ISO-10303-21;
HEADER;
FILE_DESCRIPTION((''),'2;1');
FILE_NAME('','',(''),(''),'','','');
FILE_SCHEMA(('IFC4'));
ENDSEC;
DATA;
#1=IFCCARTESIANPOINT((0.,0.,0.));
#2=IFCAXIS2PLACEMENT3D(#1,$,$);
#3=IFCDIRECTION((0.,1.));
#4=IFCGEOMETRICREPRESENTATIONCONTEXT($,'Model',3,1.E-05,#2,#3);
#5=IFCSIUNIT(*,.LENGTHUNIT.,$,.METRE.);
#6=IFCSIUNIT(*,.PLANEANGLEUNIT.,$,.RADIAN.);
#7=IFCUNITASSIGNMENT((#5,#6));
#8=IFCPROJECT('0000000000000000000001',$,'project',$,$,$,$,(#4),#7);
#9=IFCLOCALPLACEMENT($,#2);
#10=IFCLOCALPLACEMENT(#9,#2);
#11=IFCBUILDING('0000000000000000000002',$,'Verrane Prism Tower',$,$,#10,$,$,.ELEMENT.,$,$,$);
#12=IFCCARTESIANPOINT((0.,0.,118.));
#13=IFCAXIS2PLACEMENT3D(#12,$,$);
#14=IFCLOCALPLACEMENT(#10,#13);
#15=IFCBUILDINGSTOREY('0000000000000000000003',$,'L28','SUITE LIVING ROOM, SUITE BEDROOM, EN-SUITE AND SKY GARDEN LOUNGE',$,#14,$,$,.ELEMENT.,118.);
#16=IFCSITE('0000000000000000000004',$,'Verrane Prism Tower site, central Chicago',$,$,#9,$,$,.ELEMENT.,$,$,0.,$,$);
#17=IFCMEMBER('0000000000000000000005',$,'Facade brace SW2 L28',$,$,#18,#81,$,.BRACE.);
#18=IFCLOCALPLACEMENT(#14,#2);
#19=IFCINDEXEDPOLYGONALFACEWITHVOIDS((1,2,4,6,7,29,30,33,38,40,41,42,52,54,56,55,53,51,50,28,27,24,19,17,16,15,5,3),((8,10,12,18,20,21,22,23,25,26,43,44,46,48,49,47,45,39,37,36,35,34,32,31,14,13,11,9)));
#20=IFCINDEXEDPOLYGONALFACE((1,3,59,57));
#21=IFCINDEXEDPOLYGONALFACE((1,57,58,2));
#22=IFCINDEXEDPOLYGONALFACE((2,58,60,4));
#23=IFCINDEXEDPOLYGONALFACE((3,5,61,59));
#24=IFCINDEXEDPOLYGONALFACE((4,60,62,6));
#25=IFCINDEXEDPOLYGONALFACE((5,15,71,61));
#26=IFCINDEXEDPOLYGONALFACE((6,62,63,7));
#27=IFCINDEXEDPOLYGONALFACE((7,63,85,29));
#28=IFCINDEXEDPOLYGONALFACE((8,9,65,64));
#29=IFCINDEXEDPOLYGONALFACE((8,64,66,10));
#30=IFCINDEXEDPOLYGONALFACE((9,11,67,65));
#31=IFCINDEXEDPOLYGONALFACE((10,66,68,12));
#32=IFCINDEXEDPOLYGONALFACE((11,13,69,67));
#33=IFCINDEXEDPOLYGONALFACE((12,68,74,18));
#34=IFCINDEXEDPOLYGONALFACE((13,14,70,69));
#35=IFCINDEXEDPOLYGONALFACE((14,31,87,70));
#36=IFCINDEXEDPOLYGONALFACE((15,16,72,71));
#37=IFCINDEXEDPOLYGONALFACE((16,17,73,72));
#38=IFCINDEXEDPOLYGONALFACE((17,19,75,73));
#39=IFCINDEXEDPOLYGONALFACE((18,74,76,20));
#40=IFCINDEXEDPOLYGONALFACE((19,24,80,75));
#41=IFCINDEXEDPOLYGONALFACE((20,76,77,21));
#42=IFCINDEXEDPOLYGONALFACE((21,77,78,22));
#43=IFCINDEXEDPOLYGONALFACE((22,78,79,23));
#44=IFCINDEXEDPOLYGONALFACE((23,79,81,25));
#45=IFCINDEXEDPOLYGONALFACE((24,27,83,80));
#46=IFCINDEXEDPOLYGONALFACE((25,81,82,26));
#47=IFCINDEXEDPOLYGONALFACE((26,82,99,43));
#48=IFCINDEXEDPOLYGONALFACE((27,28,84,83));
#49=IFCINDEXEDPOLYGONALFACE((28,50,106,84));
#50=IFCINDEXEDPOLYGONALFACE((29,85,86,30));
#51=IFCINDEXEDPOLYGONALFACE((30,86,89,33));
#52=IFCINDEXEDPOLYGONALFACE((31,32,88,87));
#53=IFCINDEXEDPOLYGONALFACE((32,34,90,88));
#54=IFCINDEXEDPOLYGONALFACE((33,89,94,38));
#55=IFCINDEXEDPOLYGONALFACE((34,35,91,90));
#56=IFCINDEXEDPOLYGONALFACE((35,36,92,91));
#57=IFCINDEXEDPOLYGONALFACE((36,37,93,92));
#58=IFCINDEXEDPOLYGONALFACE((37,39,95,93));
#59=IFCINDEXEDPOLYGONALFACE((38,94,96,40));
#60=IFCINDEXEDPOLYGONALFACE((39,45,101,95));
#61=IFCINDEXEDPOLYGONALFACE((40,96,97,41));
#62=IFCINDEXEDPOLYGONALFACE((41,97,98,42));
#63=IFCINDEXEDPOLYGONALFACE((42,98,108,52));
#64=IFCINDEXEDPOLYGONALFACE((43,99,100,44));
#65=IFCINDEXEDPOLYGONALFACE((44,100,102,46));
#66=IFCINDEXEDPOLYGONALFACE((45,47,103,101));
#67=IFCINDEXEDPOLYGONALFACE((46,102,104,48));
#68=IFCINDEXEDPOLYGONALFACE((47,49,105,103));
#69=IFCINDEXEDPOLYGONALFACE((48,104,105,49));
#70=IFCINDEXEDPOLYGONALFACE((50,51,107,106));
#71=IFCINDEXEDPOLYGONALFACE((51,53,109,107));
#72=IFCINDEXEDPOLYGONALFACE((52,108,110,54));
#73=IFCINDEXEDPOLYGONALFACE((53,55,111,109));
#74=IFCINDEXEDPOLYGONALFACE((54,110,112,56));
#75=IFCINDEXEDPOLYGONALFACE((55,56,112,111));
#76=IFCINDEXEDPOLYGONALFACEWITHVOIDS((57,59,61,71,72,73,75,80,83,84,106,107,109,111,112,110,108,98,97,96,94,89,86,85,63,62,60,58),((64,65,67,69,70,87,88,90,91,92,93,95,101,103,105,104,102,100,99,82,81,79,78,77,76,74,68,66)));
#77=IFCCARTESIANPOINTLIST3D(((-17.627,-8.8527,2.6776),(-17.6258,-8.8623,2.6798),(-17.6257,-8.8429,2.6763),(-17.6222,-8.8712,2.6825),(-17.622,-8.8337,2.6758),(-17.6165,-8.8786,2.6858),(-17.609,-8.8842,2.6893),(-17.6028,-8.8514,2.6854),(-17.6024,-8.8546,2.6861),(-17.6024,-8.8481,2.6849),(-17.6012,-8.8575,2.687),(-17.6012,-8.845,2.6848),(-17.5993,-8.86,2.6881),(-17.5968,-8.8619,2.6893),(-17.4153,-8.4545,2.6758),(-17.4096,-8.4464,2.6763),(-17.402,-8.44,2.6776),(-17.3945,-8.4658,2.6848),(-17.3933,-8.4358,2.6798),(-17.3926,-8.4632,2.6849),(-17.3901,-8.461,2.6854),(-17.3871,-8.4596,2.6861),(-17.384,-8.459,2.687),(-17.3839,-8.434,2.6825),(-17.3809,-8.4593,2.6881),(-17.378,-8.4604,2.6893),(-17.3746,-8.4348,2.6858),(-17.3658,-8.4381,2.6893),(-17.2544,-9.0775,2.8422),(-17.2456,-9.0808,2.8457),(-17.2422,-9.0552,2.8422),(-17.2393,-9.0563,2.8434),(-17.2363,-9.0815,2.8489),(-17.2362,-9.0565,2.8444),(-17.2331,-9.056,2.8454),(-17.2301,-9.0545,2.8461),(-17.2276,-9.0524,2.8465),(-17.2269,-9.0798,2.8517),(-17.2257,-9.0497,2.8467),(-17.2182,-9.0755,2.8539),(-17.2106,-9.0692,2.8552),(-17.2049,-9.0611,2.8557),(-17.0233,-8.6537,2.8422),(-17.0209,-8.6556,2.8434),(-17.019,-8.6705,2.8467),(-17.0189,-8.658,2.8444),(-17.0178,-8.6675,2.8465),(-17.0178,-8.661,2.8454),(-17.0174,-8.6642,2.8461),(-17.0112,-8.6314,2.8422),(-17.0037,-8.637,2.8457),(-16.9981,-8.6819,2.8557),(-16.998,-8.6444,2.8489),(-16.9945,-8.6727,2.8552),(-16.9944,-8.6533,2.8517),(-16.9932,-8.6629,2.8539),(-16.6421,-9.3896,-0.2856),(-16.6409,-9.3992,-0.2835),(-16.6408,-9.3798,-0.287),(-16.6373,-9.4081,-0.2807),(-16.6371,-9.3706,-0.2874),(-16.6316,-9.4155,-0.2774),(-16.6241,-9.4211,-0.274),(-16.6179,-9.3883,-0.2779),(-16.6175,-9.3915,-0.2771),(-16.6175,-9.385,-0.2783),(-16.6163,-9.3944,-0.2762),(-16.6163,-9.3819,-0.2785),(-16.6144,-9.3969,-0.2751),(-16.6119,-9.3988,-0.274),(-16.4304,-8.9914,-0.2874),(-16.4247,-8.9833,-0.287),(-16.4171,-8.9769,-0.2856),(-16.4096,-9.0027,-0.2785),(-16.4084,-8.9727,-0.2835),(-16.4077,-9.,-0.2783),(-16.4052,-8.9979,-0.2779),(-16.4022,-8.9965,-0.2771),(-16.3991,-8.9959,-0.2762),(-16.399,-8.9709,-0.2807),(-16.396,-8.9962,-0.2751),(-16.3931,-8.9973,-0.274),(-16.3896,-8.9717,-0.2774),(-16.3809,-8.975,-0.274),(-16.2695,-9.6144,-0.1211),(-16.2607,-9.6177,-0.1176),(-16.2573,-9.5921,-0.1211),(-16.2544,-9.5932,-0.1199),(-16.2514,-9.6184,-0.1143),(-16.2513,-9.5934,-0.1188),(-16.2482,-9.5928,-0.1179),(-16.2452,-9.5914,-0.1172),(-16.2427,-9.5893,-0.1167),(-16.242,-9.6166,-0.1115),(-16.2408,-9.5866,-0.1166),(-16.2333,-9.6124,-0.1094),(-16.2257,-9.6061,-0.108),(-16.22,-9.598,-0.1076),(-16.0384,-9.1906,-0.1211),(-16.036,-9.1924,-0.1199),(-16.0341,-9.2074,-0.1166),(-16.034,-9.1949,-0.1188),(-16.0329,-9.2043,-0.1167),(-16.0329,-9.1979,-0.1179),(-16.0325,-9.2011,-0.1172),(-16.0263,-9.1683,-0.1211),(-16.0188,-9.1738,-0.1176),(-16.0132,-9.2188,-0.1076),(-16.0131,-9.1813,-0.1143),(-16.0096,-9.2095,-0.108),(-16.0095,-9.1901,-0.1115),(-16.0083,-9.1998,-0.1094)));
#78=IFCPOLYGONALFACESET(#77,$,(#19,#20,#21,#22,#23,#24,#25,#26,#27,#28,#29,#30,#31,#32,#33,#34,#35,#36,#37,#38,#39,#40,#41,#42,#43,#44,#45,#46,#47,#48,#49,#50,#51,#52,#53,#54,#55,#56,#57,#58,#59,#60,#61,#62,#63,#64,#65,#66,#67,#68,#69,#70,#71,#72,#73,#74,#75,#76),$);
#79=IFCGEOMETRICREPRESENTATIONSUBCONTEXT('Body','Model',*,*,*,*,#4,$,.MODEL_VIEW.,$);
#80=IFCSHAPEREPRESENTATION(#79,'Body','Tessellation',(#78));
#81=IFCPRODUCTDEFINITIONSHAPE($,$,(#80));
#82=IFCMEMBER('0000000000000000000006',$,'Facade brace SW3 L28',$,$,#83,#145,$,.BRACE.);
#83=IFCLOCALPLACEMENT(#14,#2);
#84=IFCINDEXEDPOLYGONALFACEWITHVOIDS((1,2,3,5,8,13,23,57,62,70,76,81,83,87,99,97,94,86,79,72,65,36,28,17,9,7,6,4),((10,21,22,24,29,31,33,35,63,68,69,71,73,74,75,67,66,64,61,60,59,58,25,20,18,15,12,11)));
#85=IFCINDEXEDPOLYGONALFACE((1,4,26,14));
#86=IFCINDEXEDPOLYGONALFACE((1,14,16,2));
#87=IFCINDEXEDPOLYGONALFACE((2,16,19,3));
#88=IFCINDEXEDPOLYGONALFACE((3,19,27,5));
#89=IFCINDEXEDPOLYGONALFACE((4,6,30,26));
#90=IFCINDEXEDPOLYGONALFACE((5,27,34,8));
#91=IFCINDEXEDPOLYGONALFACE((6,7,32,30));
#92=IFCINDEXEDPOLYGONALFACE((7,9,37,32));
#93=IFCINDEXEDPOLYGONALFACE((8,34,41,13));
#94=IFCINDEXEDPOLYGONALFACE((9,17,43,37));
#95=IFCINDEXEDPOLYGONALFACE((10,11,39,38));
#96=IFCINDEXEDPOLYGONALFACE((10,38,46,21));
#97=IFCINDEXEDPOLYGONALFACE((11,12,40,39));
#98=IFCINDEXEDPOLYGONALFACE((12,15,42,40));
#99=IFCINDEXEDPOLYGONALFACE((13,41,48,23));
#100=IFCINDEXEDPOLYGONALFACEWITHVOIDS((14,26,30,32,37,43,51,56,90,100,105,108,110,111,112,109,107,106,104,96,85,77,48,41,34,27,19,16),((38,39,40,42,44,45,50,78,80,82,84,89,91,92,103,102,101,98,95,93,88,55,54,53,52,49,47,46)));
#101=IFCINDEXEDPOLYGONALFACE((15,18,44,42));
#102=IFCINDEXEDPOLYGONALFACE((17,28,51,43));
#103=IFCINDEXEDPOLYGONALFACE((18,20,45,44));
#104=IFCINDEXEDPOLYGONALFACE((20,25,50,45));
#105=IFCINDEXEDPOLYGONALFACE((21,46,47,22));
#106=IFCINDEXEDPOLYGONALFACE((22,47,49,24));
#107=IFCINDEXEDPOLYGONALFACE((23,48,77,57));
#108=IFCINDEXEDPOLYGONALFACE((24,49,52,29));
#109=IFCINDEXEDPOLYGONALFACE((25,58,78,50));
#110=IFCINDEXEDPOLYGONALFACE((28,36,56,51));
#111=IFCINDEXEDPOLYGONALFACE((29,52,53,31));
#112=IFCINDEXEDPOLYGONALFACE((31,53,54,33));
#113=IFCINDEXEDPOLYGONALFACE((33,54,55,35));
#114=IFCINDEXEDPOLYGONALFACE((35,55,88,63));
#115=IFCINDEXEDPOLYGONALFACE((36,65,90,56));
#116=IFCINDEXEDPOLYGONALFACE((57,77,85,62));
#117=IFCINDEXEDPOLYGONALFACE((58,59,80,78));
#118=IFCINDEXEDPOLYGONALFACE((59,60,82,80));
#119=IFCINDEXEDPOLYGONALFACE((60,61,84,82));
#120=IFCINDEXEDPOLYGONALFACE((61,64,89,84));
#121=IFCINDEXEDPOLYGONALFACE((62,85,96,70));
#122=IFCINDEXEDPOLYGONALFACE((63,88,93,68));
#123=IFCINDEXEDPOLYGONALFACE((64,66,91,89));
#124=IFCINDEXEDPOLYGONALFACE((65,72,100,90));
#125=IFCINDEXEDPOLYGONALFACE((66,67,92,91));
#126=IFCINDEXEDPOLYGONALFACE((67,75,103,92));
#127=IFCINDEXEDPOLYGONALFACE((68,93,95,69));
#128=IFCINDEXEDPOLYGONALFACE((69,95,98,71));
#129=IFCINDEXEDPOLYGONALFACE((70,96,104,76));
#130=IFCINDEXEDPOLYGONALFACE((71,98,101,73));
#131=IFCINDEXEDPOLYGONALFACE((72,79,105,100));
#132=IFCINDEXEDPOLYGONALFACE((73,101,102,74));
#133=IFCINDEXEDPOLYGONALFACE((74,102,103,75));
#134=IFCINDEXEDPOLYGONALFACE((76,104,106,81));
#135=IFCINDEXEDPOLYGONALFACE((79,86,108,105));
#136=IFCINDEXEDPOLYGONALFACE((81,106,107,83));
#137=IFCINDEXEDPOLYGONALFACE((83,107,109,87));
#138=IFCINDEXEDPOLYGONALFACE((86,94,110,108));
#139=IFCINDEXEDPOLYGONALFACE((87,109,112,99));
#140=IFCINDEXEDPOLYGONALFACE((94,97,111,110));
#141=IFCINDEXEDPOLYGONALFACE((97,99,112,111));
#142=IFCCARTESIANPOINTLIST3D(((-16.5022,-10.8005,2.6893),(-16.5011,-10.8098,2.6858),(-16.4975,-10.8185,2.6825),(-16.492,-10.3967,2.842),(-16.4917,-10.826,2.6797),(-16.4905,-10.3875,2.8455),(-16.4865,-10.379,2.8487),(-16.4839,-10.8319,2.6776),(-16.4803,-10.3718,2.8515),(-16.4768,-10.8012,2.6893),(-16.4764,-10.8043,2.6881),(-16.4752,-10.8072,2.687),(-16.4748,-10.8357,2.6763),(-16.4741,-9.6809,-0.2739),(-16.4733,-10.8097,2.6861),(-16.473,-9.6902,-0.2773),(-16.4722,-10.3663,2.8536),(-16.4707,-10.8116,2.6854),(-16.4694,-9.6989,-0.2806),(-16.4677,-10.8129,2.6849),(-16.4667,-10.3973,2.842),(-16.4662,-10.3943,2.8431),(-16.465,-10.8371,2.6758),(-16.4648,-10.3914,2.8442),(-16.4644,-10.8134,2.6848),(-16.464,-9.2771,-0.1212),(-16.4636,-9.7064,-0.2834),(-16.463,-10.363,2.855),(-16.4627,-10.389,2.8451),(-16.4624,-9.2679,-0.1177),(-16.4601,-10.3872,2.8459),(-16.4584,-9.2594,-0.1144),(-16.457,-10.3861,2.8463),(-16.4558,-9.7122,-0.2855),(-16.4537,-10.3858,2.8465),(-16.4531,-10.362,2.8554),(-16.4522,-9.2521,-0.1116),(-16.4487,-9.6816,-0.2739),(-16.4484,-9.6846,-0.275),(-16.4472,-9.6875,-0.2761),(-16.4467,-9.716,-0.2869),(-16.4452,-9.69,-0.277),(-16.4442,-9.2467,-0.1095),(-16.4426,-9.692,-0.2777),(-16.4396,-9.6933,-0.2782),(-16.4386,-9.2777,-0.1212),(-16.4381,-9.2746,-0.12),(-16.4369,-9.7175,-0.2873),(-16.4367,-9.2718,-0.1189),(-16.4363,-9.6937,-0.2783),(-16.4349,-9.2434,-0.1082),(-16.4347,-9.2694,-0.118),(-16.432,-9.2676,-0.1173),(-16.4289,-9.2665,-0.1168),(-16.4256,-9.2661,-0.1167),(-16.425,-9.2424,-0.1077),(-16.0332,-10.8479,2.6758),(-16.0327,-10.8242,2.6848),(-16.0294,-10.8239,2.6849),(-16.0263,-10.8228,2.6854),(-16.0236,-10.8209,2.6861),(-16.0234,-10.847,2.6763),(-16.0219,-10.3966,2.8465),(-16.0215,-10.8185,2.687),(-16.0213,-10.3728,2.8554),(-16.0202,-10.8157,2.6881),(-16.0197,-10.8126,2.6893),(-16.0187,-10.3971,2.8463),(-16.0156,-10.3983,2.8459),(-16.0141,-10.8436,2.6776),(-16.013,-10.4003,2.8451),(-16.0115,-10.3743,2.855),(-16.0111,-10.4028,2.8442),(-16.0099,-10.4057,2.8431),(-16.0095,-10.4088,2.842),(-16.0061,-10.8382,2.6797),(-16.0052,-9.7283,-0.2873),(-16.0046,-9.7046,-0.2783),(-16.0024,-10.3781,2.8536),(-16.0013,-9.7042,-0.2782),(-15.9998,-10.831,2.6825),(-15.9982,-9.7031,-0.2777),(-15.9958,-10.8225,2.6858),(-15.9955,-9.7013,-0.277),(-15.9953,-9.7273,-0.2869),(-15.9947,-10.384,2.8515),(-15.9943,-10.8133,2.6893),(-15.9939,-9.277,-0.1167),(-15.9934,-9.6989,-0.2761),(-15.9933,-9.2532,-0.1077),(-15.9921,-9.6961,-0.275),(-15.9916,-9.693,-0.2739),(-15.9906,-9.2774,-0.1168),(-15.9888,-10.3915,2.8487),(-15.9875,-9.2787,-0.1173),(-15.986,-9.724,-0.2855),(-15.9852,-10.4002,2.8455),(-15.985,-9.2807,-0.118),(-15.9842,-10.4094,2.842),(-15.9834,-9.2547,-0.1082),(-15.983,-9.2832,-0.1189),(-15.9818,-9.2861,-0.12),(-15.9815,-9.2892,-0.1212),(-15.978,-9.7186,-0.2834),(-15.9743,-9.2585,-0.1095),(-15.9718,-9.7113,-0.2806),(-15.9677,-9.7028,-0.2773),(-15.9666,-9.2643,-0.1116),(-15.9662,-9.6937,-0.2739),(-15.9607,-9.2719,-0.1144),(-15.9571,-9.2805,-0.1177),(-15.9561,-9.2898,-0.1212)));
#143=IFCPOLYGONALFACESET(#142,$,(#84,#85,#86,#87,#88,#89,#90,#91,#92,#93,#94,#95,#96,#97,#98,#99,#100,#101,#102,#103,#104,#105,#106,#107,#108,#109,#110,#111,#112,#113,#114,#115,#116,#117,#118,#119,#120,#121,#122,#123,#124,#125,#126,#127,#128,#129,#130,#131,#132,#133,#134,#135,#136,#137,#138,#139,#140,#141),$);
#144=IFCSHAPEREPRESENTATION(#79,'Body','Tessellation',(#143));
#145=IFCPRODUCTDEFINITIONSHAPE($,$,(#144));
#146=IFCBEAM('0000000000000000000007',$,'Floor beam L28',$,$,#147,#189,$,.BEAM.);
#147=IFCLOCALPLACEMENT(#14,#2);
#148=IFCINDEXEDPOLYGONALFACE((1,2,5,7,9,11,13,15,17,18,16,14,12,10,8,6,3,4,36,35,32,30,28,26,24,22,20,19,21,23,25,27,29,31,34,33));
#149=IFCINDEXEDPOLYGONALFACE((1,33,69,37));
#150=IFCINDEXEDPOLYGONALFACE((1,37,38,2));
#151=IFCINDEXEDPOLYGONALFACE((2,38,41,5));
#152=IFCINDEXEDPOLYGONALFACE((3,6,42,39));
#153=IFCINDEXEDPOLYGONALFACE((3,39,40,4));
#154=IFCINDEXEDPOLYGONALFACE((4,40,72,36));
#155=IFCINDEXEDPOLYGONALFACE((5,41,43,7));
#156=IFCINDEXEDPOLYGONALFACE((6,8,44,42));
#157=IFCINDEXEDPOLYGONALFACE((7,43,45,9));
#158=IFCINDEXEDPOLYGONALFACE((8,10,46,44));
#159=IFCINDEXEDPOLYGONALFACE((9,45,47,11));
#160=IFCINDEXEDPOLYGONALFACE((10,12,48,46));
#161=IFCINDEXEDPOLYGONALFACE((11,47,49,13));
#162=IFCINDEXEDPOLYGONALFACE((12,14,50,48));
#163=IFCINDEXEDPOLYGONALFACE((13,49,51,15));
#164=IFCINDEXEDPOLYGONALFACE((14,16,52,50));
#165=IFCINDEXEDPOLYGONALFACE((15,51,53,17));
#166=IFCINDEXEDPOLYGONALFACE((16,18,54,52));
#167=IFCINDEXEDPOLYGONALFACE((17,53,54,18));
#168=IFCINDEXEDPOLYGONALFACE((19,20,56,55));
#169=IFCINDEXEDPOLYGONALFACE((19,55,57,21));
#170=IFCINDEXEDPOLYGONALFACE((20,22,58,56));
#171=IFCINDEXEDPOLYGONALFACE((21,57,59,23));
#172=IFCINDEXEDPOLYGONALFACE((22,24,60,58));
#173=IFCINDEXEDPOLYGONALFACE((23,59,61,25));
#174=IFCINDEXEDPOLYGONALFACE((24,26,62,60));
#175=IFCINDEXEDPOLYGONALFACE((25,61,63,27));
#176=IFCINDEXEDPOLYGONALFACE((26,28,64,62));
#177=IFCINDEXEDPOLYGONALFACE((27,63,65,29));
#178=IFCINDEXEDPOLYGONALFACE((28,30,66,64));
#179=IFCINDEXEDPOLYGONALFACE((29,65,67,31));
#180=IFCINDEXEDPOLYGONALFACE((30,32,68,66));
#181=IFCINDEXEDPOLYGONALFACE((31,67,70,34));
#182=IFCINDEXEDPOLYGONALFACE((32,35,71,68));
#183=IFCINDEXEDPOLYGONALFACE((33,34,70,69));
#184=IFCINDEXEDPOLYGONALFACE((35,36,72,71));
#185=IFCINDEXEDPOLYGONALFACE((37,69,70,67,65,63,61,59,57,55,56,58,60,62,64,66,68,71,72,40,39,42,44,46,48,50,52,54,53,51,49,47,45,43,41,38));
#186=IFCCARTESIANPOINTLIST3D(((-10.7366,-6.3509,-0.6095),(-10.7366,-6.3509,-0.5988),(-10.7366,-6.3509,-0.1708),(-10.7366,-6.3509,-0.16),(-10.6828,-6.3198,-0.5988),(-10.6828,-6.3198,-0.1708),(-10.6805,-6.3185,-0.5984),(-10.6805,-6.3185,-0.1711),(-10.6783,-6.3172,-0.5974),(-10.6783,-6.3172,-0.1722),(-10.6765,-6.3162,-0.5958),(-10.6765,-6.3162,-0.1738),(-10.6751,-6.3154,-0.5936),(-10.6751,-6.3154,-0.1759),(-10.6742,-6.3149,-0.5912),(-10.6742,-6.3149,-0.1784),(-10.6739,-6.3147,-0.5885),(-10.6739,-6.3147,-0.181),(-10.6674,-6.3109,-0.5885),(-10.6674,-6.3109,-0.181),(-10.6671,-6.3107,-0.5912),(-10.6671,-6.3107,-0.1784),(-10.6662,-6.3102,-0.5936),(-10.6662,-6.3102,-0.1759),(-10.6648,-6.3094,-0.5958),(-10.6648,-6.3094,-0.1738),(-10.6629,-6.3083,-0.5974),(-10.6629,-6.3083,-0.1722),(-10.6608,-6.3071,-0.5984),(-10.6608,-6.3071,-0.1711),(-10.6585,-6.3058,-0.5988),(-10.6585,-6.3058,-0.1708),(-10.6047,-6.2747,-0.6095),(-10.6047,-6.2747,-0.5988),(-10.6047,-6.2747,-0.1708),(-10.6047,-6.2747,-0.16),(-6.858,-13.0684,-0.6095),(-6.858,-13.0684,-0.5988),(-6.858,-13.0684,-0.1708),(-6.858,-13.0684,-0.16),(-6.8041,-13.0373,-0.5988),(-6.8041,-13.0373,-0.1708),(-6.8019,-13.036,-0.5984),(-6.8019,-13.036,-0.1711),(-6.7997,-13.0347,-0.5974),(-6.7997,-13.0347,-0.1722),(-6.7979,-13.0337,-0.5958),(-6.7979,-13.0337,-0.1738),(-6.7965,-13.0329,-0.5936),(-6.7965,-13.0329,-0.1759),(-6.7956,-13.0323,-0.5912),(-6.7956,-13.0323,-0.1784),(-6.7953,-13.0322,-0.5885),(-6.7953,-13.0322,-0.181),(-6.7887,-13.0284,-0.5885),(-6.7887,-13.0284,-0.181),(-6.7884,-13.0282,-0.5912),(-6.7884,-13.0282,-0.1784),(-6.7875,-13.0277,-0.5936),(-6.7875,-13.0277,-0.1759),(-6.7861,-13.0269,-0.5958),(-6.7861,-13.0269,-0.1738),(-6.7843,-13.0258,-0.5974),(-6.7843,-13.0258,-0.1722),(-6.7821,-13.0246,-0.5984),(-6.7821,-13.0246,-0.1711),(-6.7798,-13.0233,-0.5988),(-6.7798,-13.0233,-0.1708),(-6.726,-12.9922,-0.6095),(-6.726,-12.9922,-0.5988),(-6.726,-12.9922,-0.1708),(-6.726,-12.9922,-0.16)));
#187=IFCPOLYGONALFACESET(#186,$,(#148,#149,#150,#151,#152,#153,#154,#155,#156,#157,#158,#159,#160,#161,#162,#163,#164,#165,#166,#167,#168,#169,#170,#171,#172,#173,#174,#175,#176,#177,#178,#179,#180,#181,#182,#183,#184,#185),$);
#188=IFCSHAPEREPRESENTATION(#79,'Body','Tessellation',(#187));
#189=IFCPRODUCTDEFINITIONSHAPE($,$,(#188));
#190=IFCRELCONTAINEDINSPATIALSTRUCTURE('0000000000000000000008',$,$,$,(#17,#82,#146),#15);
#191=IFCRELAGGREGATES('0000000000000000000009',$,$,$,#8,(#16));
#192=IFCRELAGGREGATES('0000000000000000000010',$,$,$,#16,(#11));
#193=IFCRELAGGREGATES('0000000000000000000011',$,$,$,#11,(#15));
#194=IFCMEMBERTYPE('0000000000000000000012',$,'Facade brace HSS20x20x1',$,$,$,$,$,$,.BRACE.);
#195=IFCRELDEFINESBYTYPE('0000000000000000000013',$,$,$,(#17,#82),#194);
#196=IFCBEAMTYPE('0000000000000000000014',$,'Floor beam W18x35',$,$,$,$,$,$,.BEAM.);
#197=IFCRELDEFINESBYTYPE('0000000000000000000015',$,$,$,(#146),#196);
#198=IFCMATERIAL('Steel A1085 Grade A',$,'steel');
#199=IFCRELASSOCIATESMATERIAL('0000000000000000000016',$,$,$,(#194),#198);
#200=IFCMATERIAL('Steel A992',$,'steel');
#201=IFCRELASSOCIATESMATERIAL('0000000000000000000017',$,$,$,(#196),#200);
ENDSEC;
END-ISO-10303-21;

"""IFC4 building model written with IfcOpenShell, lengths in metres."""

from ifc_helpers import new_model, si_unit, direction, frame, origin, origin_2d, place, context, subcontext, project, spatial, hollow_rectangle, i_section, extrude, material, material_profile, profile_set, type_object, element, save


model = new_model("IFC4")

# Units and contexts
model_context = context("Model", 3, precision=1e-05, world=origin(), true_north=direction((0.0, 1.0)))
body_context = subcontext(model_context, "Body", "Model", "MODEL_VIEW")
ifc_project = project(units=[si_unit("LENGTHUNIT", "METRE"), si_unit("PLANEANGLEUNIT", "RADIAN")], contexts=[model_context])

# Site, building, storey
site_placement = place(None, origin())
site = spatial("IfcSite", under=ifc_project, at=site_placement, Name="Verrane Prism Tower site, central Chicago", CompositionType="ELEMENT", RefElevation=0.0)
building_placement = place(site_placement, origin())
building = spatial("IfcBuilding", under=site, at=building_placement, Name="Verrane Prism Tower", CompositionType="ELEMENT")
storey_placement = place(building_placement, frame((0.0, 0.0, 118.0)))
storey = spatial("IfcBuildingStorey", under=building, at=storey_placement, Name="L28", Description="SUITE LIVING ROOM, SUITE BEDROOM, EN-SUITE AND SKY GARDEN LOUNGE", CompositionType="ELEMENT", Elevation=118.0)

# Members
ifc_material_1 = material(Name="Steel A1085 Grade A", Category="steel")
ifc_material_profile_1 = material_profile(ifc_material_1, hollow_rectangle(XDim=0.5081, YDim=0.5081, WallThickness=0.0254, InnerFilletRadius=0.0127, OuterFilletRadius=0.0381, at=origin_2d()), Name="HSS20x20x1")
ifc_profile_set_1 = profile_set([ifc_material_profile_1], Name="Steel A1085 Grade A")
member_type_1 = type_object("IfcMemberType", Name="Facade brace HSS20x20x1", PredefinedType="BRACE", material=ifc_profile_set_1)
member_1_placement = place(storey_placement, frame((-16.3252, -9.2947, -0.1975), z_axis=(-0.310846, 0.169447, 0.935234), x_axis=(-0.478623, -0.87802, 0.0)))
element("IfcMember", 1, at=member_1_placement, inside=storey, type_object=member_type_1, Name="Facade brace SW2 L28", PredefinedType="BRACE", context=body_context, shape_type="SweptSolid", body=[
    extrude(hollow_rectangle(XDim=0.5081, YDim=0.5081, WallThickness=0.0254, InnerFilletRadius=0.0127, OuterFilletRadius=0.0381, at=origin_2d()), origin(), (0.0, 0.0, 1.0), 3.1685),
])
member_2_placement = place(storey_placement, frame((-16.2151, -9.4854, -0.1975), z_axis=(-0.008863, -0.353448, 0.935412), x_axis=(0.999686, -0.025068, 0.0)))
element("IfcMember", 2, at=member_2_placement, inside=storey, type_object=member_type_1, Name="Facade brace SW3 L28", PredefinedType="BRACE", context=body_context, shape_type="SweptSolid", body=[
    extrude(hollow_rectangle(XDim=0.5081, YDim=0.5081, WallThickness=0.0254, InnerFilletRadius=0.0127, OuterFilletRadius=0.0381, at=origin_2d()), origin(), (0.0, 0.0, 1.0), 3.1677),
])

# Beam
ifc_material_2 = material(Name="Steel A992", Category="steel")
ifc_material_profile_2 = material_profile(ifc_material_2, i_section(OverallWidth=0.1523, OverallDepth=0.4495, WebThickness=0.0076, FlangeThickness=0.0107, FilletRadius=0.0103, at=origin_2d()), Name="W18x35")
ifc_profile_set_2 = profile_set([ifc_material_profile_2], Name="Steel A992")
beam_type_1 = type_object("IfcBeamType", Name="Floor beam W18x35", PredefinedType="BEAM", material=ifc_profile_set_2)
for number, where, z_axis, x_axis, name in (
    (3, (-6.792, -13.0303, -0.3848), (-0.500028, 0.866009, 0.0), (-0.866009, -0.500028, 0.0), "Floor beam L28"),
):
    element("IfcBeam", number, at=place(storey_placement, frame(where, z_axis=z_axis, x_axis=x_axis)), inside=storey, type_object=beam_type_1, Name=name, PredefinedType="BEAM", context=body_context, shape_type="SweptSolid", body=[
        extrude(i_section(OverallWidth=0.1523, OverallDepth=0.4495, WebThickness=0.0076, FlangeThickness=0.0107, FilletRadius=0.0103, at=origin_2d()), origin(), (0.0, 0.0, 1.0), 7.7568),
    ])

save(model, "model.ifc")
